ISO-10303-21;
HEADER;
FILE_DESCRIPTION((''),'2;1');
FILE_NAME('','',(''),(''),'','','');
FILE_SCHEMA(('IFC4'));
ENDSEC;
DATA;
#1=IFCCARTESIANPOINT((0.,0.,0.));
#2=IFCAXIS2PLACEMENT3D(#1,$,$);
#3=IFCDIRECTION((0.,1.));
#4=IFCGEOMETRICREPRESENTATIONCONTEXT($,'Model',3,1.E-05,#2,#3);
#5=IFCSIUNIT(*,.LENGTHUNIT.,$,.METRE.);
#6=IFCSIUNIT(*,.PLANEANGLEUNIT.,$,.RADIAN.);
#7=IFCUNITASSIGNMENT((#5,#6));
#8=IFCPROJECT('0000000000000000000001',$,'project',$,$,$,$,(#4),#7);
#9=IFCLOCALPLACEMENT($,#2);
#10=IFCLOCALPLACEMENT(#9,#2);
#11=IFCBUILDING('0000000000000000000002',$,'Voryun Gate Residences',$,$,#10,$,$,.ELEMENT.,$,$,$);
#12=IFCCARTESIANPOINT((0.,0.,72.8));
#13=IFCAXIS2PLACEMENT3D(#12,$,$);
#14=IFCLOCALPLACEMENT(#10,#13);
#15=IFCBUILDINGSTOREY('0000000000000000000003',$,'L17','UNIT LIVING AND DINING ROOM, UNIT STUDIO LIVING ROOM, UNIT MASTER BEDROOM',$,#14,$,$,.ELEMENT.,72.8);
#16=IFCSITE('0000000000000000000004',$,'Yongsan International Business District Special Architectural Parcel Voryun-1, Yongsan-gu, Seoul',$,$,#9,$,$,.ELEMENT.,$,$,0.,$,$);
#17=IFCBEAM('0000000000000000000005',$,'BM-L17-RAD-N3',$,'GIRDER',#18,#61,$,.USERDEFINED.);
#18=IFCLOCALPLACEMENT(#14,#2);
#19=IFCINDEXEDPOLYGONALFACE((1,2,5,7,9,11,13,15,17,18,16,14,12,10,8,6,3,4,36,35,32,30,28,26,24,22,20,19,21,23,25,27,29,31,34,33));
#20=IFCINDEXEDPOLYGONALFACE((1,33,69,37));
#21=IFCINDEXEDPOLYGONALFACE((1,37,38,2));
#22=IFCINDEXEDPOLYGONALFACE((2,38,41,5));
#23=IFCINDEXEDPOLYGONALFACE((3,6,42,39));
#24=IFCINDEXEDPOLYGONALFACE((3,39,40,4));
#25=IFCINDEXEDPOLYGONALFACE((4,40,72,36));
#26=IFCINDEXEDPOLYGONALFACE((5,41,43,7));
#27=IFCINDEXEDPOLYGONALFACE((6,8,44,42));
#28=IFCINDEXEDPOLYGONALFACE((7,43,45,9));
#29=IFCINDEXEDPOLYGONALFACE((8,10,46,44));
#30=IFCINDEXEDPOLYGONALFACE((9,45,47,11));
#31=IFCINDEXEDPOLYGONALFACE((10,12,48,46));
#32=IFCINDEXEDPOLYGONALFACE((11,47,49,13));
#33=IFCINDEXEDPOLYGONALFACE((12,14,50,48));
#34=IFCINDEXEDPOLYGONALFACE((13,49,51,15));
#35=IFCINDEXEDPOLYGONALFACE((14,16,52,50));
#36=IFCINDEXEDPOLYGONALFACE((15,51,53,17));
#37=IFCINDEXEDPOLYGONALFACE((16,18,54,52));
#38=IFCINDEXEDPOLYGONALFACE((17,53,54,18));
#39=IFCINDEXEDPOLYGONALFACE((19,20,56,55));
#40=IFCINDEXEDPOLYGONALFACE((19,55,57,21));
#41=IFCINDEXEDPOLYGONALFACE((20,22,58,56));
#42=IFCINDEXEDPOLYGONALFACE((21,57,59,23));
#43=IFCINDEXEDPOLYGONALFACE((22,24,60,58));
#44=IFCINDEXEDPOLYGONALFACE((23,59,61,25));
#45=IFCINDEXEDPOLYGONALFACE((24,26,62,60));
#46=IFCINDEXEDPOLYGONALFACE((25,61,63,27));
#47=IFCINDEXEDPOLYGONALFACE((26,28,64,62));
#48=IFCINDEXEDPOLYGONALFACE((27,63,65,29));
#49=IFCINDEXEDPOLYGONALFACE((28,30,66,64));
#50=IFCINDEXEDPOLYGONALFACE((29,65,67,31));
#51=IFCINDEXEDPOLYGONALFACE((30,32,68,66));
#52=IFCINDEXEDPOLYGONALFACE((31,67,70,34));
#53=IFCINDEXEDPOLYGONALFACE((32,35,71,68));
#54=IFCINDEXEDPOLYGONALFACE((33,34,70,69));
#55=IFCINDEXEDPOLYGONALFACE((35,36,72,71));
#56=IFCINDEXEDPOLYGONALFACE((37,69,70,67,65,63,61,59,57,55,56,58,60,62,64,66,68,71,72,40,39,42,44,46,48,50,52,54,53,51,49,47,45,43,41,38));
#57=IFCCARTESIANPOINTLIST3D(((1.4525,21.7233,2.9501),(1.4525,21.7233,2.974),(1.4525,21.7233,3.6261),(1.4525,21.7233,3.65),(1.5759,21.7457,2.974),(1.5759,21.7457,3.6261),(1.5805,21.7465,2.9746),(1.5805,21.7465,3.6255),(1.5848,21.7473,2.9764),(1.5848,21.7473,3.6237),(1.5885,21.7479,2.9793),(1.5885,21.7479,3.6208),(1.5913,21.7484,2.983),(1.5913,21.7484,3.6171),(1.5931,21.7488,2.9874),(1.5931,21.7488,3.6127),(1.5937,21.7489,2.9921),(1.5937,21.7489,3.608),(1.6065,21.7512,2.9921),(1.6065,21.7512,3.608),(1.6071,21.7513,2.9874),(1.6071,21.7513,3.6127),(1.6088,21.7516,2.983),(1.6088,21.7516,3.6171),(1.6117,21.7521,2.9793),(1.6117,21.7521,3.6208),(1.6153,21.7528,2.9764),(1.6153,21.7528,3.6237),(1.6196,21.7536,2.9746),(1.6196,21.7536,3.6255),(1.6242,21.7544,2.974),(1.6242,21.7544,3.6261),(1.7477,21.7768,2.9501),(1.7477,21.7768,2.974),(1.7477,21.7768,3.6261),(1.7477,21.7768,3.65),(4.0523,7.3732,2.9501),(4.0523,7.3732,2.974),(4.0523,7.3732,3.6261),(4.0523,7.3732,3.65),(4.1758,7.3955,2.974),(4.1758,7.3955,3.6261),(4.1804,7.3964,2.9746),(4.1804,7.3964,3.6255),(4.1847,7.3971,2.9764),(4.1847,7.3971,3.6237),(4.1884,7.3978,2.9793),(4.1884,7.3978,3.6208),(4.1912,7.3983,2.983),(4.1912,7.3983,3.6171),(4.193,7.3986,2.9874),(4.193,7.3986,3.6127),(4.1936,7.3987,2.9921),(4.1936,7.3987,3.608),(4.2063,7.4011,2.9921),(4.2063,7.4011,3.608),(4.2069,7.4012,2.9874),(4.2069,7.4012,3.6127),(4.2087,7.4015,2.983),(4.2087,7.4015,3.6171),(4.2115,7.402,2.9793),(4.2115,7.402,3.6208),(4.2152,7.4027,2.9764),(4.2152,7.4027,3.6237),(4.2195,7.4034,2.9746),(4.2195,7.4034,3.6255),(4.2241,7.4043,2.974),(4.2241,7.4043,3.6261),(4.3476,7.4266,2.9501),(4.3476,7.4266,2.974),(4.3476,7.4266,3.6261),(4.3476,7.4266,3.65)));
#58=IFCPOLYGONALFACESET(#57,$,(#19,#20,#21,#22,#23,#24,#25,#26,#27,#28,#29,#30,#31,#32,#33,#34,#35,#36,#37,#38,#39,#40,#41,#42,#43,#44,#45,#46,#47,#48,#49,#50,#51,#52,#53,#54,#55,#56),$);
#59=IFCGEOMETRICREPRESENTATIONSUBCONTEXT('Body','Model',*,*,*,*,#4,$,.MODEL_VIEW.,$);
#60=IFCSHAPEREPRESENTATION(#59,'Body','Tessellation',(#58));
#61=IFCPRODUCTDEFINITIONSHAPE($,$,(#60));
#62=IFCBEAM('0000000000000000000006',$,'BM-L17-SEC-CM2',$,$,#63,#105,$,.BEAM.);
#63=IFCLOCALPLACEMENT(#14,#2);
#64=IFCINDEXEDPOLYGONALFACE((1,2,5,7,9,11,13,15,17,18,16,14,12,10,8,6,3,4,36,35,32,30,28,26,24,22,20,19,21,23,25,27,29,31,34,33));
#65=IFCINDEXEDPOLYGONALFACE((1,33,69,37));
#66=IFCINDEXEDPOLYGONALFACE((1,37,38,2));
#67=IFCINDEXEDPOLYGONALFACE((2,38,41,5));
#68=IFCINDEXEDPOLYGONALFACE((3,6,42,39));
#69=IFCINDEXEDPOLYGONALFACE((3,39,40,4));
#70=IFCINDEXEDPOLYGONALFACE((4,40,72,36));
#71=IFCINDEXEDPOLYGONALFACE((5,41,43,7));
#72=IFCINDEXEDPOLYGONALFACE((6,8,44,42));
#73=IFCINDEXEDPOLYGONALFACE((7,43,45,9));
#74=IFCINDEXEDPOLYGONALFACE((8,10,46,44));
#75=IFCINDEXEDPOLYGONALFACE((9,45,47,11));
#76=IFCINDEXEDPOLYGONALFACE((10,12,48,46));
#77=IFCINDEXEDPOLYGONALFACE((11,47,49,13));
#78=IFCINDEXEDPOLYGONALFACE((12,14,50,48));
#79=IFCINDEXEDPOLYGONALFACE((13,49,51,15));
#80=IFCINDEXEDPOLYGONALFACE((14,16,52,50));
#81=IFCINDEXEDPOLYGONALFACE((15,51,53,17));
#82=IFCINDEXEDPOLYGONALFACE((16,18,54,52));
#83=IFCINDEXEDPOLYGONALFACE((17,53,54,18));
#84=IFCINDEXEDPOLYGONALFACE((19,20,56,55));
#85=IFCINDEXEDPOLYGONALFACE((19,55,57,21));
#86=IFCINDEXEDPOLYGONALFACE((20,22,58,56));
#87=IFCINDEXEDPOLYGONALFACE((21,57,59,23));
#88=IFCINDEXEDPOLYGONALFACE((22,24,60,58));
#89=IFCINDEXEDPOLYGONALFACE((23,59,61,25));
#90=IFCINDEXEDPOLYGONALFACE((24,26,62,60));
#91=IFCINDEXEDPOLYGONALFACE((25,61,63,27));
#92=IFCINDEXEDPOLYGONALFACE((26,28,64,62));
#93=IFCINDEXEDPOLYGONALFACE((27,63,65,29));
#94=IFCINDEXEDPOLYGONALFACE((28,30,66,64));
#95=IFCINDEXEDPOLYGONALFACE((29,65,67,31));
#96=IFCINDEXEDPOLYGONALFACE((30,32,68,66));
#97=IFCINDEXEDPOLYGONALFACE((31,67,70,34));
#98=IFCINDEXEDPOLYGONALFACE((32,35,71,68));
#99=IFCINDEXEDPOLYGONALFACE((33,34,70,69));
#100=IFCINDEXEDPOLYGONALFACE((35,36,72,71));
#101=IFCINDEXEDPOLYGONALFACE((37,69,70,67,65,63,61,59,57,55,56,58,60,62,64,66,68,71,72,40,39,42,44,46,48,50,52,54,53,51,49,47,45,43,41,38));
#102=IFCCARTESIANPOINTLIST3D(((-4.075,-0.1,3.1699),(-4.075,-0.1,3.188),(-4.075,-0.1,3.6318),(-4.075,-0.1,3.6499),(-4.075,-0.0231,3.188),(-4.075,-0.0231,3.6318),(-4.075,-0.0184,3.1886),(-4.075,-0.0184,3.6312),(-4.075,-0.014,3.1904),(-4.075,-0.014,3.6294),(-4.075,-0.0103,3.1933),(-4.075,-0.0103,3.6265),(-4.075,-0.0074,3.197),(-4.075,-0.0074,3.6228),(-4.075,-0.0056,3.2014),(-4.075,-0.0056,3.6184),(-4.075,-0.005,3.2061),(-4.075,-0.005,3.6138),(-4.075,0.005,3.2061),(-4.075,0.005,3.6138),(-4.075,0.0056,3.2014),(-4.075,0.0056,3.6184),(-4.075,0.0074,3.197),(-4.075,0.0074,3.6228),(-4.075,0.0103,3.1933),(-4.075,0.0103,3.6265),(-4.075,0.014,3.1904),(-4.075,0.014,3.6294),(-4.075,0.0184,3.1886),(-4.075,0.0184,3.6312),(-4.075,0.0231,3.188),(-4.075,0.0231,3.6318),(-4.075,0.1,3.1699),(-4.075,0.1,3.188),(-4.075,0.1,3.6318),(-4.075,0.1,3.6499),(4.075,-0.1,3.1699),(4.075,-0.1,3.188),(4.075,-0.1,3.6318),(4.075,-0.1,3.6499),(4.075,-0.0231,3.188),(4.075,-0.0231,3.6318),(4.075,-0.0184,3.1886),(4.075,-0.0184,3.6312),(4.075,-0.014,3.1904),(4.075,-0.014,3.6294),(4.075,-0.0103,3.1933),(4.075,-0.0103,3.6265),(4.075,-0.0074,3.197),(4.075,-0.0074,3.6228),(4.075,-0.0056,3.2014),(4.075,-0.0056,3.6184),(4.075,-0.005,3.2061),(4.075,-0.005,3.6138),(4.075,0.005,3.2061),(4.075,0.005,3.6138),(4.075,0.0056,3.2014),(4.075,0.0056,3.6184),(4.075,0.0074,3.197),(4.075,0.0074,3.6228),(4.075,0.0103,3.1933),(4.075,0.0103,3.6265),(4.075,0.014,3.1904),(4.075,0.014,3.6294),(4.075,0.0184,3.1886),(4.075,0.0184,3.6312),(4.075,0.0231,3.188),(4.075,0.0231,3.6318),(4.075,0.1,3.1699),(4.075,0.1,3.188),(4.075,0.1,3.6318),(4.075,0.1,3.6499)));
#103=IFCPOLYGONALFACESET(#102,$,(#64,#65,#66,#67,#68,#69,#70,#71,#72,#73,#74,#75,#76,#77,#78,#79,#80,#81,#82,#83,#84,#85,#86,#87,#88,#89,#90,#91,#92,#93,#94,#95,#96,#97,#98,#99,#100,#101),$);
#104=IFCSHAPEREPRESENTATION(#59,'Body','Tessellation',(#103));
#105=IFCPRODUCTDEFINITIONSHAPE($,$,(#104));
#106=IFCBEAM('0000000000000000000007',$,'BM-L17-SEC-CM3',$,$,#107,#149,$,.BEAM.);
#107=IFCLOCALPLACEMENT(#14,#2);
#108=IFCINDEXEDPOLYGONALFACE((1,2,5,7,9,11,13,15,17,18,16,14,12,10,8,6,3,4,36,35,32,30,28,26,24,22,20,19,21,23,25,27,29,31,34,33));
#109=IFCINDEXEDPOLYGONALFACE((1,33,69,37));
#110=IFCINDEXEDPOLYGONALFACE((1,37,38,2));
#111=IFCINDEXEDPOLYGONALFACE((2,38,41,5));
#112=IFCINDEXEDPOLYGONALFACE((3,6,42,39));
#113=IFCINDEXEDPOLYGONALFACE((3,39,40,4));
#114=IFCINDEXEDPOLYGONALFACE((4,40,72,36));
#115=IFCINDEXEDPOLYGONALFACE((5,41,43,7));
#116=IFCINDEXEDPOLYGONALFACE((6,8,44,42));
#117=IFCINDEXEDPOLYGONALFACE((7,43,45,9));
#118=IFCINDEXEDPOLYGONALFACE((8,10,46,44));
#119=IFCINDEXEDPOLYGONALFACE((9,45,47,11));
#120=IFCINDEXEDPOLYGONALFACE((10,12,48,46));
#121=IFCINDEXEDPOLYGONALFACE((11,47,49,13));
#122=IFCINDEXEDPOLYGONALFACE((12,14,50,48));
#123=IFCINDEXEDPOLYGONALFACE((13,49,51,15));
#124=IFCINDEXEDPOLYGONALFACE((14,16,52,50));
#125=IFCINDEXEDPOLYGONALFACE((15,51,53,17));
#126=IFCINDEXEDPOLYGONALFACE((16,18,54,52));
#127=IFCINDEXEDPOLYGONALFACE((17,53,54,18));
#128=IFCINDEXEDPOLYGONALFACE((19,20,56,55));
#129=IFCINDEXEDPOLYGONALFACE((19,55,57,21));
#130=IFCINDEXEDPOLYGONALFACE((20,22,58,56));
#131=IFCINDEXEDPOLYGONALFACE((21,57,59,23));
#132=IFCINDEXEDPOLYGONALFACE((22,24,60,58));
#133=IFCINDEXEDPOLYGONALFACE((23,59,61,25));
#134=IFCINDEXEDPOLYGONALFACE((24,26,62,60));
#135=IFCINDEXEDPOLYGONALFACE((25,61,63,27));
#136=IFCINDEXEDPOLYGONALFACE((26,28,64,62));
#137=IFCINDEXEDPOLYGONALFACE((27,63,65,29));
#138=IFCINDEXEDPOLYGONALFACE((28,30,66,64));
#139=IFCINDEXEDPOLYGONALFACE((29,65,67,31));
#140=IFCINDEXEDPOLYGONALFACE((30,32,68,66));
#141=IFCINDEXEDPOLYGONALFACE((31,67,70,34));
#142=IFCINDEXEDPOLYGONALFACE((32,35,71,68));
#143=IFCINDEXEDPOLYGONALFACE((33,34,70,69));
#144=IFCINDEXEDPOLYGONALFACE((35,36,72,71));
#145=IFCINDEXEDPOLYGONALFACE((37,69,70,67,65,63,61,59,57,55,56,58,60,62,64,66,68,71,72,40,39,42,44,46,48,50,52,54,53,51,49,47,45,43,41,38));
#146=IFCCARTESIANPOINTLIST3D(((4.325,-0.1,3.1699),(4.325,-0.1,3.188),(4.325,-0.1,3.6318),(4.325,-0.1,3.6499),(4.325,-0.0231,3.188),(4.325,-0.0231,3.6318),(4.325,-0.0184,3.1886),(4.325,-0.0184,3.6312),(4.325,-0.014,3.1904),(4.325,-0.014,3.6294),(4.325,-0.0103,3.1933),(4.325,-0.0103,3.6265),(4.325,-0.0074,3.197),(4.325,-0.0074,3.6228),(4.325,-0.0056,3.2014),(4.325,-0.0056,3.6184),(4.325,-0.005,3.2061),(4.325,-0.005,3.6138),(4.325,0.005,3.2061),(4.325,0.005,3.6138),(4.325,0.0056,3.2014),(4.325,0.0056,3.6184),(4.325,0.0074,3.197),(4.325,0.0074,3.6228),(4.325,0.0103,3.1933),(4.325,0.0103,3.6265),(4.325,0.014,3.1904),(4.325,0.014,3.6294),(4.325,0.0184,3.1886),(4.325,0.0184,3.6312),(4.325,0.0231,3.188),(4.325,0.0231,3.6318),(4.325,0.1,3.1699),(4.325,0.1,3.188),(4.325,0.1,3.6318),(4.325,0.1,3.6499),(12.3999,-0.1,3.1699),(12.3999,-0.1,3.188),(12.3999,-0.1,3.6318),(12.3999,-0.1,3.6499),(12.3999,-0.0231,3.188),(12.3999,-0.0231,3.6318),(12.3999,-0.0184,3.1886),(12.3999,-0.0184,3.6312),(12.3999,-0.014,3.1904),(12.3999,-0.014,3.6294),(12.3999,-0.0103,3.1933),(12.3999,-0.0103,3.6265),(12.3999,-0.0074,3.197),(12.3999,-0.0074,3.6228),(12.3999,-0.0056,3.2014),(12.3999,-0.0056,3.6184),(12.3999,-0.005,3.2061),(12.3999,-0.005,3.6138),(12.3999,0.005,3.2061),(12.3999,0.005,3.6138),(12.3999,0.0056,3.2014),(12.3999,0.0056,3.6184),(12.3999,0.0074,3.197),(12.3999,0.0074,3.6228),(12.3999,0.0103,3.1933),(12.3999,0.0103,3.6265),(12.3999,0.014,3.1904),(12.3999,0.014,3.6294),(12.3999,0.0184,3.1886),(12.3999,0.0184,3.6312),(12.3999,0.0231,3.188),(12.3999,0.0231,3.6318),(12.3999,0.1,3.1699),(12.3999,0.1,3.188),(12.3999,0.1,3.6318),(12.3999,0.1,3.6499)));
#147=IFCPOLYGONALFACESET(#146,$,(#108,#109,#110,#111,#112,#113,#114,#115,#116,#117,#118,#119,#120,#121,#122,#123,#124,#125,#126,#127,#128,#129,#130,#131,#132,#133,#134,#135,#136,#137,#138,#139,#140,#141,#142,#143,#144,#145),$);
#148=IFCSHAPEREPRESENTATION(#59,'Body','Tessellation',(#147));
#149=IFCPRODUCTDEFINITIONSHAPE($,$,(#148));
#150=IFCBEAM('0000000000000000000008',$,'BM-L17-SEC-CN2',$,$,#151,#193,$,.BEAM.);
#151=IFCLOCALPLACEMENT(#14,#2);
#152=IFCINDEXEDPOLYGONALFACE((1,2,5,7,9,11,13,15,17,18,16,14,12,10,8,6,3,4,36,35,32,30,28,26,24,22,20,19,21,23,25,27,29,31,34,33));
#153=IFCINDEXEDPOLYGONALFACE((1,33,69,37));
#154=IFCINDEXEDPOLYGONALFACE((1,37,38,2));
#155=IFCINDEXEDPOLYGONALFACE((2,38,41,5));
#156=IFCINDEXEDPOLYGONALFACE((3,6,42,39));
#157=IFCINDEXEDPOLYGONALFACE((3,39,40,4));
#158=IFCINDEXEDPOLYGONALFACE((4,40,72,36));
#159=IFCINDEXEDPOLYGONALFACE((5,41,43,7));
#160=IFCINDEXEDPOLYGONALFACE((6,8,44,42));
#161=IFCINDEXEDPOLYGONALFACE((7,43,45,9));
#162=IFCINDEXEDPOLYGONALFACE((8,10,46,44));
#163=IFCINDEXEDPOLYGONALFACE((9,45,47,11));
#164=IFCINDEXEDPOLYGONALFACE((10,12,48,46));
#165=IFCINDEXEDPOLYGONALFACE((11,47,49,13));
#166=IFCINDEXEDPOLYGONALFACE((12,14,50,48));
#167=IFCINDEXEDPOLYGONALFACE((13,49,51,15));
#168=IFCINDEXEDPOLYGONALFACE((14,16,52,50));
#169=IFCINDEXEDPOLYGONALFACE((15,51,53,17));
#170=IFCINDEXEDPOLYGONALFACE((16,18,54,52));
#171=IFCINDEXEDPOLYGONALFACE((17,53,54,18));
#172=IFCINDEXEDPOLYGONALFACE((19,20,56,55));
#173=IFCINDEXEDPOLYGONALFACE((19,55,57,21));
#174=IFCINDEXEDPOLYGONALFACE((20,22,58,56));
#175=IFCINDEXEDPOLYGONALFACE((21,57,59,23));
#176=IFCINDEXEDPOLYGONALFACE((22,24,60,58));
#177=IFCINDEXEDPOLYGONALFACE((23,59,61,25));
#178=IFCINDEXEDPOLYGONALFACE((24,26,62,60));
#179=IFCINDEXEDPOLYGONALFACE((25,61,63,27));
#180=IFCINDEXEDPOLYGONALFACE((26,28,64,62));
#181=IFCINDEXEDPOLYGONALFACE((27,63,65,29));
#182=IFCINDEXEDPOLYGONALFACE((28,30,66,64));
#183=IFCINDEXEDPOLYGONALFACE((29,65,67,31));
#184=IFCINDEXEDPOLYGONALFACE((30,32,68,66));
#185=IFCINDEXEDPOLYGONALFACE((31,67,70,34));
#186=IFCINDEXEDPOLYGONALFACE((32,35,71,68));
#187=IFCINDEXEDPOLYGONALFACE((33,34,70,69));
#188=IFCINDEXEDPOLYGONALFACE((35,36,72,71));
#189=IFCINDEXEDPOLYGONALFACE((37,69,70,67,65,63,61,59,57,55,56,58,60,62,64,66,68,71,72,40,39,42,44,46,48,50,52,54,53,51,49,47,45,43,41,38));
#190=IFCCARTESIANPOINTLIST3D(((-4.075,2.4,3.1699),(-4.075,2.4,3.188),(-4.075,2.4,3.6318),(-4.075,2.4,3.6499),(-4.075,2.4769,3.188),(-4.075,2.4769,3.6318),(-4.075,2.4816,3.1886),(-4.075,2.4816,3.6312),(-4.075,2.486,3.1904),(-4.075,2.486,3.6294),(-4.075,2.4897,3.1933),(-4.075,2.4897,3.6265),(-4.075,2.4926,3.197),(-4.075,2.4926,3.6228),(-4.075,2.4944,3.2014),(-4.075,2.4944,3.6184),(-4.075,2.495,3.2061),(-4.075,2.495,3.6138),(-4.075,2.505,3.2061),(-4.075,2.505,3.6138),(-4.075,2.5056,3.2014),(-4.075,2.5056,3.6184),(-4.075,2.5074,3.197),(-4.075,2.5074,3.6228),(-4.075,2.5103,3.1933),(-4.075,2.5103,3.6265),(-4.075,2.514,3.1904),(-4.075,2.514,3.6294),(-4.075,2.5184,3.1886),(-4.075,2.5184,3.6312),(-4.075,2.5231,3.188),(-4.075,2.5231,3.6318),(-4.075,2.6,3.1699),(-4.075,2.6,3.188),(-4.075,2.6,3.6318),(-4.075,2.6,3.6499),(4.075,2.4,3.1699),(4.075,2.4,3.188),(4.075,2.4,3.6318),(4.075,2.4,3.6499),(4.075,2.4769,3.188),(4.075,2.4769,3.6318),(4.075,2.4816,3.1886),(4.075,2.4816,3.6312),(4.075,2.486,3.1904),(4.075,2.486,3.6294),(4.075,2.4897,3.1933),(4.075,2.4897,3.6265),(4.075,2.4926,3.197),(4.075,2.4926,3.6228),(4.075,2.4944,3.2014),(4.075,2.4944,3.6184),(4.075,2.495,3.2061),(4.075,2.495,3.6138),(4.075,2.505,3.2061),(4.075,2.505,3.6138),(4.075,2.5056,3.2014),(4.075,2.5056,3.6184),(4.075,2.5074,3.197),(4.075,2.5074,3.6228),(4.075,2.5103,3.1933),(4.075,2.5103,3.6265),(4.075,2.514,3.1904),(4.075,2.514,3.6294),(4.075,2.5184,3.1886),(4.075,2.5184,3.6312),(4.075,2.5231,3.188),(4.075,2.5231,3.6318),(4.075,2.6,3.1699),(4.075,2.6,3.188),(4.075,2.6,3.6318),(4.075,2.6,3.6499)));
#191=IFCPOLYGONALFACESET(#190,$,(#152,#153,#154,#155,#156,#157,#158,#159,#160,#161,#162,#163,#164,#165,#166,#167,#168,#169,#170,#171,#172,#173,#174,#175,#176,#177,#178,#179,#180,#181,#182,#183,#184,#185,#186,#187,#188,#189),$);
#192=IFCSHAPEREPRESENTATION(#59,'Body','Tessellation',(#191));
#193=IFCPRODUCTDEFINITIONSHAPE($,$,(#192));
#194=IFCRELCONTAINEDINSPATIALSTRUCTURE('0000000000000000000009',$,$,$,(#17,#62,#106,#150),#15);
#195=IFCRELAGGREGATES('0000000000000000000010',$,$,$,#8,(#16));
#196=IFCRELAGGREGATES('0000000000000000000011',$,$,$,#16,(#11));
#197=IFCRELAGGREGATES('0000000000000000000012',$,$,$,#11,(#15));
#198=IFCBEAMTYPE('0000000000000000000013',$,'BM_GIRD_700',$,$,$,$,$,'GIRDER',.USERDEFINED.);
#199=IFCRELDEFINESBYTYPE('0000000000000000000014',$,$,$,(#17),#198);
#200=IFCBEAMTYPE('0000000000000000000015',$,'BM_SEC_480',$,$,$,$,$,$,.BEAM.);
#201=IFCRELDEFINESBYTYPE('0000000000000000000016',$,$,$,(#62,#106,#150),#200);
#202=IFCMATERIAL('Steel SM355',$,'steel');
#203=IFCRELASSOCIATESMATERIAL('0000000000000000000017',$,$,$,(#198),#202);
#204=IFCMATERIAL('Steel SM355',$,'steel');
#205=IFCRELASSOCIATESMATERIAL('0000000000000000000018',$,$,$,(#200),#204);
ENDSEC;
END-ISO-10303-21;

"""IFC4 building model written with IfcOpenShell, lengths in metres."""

from ifc_helpers import new_model, si_unit, direction, frame, origin, origin_2d, place, context, subcontext, project, spatial, i_section, extrude, material, material_profile, profile_set, type_object, element, save


model = new_model("IFC4")

# Units and contexts
model_context = context("Model", 3, precision=1e-05, world=origin(), true_north=direction((0.0, 1.0)))
body_context = subcontext(model_context, "Body", "Model", "MODEL_VIEW")
ifc_project = project(units=[si_unit("LENGTHUNIT", "METRE"), si_unit("PLANEANGLEUNIT", "RADIAN")], contexts=[model_context])

# Site, building, storey
site_placement = place(None, origin())
site = spatial("IfcSite", under=ifc_project, at=site_placement, Name="Yongsan International Business District Special Architectural Parcel Voryun-1, Yongsan-gu, Seoul", CompositionType="ELEMENT", RefElevation=0.0)
building_placement = place(site_placement, origin())
building = spatial("IfcBuilding", under=site, at=building_placement, Name="Voryun Gate Residences", CompositionType="ELEMENT")
storey_placement = place(building_placement, frame((0.0, 0.0, 72.8)))
storey = spatial("IfcBuildingStorey", under=building, at=storey_placement, Name="L17", Description="UNIT LIVING AND DINING ROOM, UNIT STUDIO LIVING ROOM, UNIT MASTER BEDROOM", CompositionType="ELEMENT", Elevation=72.8)

# Beams
ifc_material_1 = material(Name="Steel SM355", Category="steel")
ifc_material_profile_1 = material_profile(ifc_material_1, i_section(OverallWidth=0.3, OverallDepth=0.7, WebThickness=0.0129, FlangeThickness=0.0239, FilletRadius=0.0181, at=origin_2d()), Name="H-700x300x13x24")
ifc_profile_set_1 = profile_set([ifc_material_profile_1], Name="Steel SM355")
beam_type_1 = type_object("IfcBeamType", Name="BM_GIRD_700", ElementType="GIRDER", PredefinedType="USERDEFINED", material=ifc_profile_set_1)
beam_1_placement = place(storey_placement, frame((4.2, 7.3999, 3.3), z_axis=(-0.178271, 0.983981, 0.0), x_axis=(-0.983981, -0.178271, 0.0)))
element("IfcBeam", 1, at=beam_1_placement, inside=storey, type_object=beam_type_1, Name="BM-L17-RAD-N3", ObjectType="GIRDER", PredefinedType="USERDEFINED", context=body_context, shape_type="SweptSolid", body=[
    extrude(i_section(OverallWidth=0.3, OverallDepth=0.7, WebThickness=0.0129, FlangeThickness=0.0239, FilletRadius=0.0181, at=origin_2d()), origin(), (0.0, 0.0, 1.0), 14.5837),
])
ifc_material_2 = material(Name="Steel SM355", Category="steel")
ifc_material_profile_2 = material_profile(ifc_material_2, i_section(OverallWidth=0.2, OverallDepth=0.48, WebThickness=0.01, FlangeThickness=0.0181, FilletRadius=0.0181, at=origin_2d()), Name="H-480x200x10x18")
ifc_profile_set_2 = profile_set([ifc_material_profile_2], Name="Steel SM355")
beam_type_2 = type_object("IfcBeamType", Name="BM_SEC_480", PredefinedType="BEAM", material=ifc_profile_set_2)
beam_2_placement = place(storey_placement, frame((-4.075, 0.0, 3.4099), z_axis=(1.0, 0.0, 0.0), x_axis=(0.0, 1.0, 0.0)))
element("IfcBeam", 2, at=beam_2_placement, inside=storey, type_object=beam_type_2, Name="BM-L17-SEC-CM2", PredefinedType="BEAM", context=body_context, shape_type="SweptSolid", body=[
    extrude(i_section(OverallWidth=0.2, OverallDepth=0.48, WebThickness=0.01, FlangeThickness=0.0181, FilletRadius=0.0181, at=origin_2d()), origin(), (0.0, 0.0, 1.0), 8.1499),
])
beam_3_placement = place(storey_placement, frame((4.325, 0.0, 3.4099), z_axis=(1.0, 0.0, 0.0), x_axis=(0.0, 1.0, 0.0)))
element("IfcBeam", 3, at=beam_3_placement, inside=storey, type_object=beam_type_2, Name="BM-L17-SEC-CM3", PredefinedType="BEAM", context=body_context, shape_type="SweptSolid", body=[
    extrude(i_section(OverallWidth=0.2, OverallDepth=0.48, WebThickness=0.01, FlangeThickness=0.0181, FilletRadius=0.0181, at=origin_2d()), origin(), (0.0, 0.0, 1.0), 8.075),
])
beam_4_placement = place(storey_placement, frame((-4.075, 2.5, 3.4099), z_axis=(1.0, 0.0, 0.0), x_axis=(0.0, 1.0, 0.0)))
element("IfcBeam", 4, at=beam_4_placement, inside=storey, type_object=beam_type_2, Name="BM-L17-SEC-CN2", PredefinedType="BEAM", context=body_context, shape_type="SweptSolid", body=[
    extrude(i_section(OverallWidth=0.2, OverallDepth=0.48, WebThickness=0.01, FlangeThickness=0.0181, FilletRadius=0.0181, at=origin_2d()), origin(), (0.0, 0.0, 1.0), 8.1499),
])

save(model, "model.ifc")
